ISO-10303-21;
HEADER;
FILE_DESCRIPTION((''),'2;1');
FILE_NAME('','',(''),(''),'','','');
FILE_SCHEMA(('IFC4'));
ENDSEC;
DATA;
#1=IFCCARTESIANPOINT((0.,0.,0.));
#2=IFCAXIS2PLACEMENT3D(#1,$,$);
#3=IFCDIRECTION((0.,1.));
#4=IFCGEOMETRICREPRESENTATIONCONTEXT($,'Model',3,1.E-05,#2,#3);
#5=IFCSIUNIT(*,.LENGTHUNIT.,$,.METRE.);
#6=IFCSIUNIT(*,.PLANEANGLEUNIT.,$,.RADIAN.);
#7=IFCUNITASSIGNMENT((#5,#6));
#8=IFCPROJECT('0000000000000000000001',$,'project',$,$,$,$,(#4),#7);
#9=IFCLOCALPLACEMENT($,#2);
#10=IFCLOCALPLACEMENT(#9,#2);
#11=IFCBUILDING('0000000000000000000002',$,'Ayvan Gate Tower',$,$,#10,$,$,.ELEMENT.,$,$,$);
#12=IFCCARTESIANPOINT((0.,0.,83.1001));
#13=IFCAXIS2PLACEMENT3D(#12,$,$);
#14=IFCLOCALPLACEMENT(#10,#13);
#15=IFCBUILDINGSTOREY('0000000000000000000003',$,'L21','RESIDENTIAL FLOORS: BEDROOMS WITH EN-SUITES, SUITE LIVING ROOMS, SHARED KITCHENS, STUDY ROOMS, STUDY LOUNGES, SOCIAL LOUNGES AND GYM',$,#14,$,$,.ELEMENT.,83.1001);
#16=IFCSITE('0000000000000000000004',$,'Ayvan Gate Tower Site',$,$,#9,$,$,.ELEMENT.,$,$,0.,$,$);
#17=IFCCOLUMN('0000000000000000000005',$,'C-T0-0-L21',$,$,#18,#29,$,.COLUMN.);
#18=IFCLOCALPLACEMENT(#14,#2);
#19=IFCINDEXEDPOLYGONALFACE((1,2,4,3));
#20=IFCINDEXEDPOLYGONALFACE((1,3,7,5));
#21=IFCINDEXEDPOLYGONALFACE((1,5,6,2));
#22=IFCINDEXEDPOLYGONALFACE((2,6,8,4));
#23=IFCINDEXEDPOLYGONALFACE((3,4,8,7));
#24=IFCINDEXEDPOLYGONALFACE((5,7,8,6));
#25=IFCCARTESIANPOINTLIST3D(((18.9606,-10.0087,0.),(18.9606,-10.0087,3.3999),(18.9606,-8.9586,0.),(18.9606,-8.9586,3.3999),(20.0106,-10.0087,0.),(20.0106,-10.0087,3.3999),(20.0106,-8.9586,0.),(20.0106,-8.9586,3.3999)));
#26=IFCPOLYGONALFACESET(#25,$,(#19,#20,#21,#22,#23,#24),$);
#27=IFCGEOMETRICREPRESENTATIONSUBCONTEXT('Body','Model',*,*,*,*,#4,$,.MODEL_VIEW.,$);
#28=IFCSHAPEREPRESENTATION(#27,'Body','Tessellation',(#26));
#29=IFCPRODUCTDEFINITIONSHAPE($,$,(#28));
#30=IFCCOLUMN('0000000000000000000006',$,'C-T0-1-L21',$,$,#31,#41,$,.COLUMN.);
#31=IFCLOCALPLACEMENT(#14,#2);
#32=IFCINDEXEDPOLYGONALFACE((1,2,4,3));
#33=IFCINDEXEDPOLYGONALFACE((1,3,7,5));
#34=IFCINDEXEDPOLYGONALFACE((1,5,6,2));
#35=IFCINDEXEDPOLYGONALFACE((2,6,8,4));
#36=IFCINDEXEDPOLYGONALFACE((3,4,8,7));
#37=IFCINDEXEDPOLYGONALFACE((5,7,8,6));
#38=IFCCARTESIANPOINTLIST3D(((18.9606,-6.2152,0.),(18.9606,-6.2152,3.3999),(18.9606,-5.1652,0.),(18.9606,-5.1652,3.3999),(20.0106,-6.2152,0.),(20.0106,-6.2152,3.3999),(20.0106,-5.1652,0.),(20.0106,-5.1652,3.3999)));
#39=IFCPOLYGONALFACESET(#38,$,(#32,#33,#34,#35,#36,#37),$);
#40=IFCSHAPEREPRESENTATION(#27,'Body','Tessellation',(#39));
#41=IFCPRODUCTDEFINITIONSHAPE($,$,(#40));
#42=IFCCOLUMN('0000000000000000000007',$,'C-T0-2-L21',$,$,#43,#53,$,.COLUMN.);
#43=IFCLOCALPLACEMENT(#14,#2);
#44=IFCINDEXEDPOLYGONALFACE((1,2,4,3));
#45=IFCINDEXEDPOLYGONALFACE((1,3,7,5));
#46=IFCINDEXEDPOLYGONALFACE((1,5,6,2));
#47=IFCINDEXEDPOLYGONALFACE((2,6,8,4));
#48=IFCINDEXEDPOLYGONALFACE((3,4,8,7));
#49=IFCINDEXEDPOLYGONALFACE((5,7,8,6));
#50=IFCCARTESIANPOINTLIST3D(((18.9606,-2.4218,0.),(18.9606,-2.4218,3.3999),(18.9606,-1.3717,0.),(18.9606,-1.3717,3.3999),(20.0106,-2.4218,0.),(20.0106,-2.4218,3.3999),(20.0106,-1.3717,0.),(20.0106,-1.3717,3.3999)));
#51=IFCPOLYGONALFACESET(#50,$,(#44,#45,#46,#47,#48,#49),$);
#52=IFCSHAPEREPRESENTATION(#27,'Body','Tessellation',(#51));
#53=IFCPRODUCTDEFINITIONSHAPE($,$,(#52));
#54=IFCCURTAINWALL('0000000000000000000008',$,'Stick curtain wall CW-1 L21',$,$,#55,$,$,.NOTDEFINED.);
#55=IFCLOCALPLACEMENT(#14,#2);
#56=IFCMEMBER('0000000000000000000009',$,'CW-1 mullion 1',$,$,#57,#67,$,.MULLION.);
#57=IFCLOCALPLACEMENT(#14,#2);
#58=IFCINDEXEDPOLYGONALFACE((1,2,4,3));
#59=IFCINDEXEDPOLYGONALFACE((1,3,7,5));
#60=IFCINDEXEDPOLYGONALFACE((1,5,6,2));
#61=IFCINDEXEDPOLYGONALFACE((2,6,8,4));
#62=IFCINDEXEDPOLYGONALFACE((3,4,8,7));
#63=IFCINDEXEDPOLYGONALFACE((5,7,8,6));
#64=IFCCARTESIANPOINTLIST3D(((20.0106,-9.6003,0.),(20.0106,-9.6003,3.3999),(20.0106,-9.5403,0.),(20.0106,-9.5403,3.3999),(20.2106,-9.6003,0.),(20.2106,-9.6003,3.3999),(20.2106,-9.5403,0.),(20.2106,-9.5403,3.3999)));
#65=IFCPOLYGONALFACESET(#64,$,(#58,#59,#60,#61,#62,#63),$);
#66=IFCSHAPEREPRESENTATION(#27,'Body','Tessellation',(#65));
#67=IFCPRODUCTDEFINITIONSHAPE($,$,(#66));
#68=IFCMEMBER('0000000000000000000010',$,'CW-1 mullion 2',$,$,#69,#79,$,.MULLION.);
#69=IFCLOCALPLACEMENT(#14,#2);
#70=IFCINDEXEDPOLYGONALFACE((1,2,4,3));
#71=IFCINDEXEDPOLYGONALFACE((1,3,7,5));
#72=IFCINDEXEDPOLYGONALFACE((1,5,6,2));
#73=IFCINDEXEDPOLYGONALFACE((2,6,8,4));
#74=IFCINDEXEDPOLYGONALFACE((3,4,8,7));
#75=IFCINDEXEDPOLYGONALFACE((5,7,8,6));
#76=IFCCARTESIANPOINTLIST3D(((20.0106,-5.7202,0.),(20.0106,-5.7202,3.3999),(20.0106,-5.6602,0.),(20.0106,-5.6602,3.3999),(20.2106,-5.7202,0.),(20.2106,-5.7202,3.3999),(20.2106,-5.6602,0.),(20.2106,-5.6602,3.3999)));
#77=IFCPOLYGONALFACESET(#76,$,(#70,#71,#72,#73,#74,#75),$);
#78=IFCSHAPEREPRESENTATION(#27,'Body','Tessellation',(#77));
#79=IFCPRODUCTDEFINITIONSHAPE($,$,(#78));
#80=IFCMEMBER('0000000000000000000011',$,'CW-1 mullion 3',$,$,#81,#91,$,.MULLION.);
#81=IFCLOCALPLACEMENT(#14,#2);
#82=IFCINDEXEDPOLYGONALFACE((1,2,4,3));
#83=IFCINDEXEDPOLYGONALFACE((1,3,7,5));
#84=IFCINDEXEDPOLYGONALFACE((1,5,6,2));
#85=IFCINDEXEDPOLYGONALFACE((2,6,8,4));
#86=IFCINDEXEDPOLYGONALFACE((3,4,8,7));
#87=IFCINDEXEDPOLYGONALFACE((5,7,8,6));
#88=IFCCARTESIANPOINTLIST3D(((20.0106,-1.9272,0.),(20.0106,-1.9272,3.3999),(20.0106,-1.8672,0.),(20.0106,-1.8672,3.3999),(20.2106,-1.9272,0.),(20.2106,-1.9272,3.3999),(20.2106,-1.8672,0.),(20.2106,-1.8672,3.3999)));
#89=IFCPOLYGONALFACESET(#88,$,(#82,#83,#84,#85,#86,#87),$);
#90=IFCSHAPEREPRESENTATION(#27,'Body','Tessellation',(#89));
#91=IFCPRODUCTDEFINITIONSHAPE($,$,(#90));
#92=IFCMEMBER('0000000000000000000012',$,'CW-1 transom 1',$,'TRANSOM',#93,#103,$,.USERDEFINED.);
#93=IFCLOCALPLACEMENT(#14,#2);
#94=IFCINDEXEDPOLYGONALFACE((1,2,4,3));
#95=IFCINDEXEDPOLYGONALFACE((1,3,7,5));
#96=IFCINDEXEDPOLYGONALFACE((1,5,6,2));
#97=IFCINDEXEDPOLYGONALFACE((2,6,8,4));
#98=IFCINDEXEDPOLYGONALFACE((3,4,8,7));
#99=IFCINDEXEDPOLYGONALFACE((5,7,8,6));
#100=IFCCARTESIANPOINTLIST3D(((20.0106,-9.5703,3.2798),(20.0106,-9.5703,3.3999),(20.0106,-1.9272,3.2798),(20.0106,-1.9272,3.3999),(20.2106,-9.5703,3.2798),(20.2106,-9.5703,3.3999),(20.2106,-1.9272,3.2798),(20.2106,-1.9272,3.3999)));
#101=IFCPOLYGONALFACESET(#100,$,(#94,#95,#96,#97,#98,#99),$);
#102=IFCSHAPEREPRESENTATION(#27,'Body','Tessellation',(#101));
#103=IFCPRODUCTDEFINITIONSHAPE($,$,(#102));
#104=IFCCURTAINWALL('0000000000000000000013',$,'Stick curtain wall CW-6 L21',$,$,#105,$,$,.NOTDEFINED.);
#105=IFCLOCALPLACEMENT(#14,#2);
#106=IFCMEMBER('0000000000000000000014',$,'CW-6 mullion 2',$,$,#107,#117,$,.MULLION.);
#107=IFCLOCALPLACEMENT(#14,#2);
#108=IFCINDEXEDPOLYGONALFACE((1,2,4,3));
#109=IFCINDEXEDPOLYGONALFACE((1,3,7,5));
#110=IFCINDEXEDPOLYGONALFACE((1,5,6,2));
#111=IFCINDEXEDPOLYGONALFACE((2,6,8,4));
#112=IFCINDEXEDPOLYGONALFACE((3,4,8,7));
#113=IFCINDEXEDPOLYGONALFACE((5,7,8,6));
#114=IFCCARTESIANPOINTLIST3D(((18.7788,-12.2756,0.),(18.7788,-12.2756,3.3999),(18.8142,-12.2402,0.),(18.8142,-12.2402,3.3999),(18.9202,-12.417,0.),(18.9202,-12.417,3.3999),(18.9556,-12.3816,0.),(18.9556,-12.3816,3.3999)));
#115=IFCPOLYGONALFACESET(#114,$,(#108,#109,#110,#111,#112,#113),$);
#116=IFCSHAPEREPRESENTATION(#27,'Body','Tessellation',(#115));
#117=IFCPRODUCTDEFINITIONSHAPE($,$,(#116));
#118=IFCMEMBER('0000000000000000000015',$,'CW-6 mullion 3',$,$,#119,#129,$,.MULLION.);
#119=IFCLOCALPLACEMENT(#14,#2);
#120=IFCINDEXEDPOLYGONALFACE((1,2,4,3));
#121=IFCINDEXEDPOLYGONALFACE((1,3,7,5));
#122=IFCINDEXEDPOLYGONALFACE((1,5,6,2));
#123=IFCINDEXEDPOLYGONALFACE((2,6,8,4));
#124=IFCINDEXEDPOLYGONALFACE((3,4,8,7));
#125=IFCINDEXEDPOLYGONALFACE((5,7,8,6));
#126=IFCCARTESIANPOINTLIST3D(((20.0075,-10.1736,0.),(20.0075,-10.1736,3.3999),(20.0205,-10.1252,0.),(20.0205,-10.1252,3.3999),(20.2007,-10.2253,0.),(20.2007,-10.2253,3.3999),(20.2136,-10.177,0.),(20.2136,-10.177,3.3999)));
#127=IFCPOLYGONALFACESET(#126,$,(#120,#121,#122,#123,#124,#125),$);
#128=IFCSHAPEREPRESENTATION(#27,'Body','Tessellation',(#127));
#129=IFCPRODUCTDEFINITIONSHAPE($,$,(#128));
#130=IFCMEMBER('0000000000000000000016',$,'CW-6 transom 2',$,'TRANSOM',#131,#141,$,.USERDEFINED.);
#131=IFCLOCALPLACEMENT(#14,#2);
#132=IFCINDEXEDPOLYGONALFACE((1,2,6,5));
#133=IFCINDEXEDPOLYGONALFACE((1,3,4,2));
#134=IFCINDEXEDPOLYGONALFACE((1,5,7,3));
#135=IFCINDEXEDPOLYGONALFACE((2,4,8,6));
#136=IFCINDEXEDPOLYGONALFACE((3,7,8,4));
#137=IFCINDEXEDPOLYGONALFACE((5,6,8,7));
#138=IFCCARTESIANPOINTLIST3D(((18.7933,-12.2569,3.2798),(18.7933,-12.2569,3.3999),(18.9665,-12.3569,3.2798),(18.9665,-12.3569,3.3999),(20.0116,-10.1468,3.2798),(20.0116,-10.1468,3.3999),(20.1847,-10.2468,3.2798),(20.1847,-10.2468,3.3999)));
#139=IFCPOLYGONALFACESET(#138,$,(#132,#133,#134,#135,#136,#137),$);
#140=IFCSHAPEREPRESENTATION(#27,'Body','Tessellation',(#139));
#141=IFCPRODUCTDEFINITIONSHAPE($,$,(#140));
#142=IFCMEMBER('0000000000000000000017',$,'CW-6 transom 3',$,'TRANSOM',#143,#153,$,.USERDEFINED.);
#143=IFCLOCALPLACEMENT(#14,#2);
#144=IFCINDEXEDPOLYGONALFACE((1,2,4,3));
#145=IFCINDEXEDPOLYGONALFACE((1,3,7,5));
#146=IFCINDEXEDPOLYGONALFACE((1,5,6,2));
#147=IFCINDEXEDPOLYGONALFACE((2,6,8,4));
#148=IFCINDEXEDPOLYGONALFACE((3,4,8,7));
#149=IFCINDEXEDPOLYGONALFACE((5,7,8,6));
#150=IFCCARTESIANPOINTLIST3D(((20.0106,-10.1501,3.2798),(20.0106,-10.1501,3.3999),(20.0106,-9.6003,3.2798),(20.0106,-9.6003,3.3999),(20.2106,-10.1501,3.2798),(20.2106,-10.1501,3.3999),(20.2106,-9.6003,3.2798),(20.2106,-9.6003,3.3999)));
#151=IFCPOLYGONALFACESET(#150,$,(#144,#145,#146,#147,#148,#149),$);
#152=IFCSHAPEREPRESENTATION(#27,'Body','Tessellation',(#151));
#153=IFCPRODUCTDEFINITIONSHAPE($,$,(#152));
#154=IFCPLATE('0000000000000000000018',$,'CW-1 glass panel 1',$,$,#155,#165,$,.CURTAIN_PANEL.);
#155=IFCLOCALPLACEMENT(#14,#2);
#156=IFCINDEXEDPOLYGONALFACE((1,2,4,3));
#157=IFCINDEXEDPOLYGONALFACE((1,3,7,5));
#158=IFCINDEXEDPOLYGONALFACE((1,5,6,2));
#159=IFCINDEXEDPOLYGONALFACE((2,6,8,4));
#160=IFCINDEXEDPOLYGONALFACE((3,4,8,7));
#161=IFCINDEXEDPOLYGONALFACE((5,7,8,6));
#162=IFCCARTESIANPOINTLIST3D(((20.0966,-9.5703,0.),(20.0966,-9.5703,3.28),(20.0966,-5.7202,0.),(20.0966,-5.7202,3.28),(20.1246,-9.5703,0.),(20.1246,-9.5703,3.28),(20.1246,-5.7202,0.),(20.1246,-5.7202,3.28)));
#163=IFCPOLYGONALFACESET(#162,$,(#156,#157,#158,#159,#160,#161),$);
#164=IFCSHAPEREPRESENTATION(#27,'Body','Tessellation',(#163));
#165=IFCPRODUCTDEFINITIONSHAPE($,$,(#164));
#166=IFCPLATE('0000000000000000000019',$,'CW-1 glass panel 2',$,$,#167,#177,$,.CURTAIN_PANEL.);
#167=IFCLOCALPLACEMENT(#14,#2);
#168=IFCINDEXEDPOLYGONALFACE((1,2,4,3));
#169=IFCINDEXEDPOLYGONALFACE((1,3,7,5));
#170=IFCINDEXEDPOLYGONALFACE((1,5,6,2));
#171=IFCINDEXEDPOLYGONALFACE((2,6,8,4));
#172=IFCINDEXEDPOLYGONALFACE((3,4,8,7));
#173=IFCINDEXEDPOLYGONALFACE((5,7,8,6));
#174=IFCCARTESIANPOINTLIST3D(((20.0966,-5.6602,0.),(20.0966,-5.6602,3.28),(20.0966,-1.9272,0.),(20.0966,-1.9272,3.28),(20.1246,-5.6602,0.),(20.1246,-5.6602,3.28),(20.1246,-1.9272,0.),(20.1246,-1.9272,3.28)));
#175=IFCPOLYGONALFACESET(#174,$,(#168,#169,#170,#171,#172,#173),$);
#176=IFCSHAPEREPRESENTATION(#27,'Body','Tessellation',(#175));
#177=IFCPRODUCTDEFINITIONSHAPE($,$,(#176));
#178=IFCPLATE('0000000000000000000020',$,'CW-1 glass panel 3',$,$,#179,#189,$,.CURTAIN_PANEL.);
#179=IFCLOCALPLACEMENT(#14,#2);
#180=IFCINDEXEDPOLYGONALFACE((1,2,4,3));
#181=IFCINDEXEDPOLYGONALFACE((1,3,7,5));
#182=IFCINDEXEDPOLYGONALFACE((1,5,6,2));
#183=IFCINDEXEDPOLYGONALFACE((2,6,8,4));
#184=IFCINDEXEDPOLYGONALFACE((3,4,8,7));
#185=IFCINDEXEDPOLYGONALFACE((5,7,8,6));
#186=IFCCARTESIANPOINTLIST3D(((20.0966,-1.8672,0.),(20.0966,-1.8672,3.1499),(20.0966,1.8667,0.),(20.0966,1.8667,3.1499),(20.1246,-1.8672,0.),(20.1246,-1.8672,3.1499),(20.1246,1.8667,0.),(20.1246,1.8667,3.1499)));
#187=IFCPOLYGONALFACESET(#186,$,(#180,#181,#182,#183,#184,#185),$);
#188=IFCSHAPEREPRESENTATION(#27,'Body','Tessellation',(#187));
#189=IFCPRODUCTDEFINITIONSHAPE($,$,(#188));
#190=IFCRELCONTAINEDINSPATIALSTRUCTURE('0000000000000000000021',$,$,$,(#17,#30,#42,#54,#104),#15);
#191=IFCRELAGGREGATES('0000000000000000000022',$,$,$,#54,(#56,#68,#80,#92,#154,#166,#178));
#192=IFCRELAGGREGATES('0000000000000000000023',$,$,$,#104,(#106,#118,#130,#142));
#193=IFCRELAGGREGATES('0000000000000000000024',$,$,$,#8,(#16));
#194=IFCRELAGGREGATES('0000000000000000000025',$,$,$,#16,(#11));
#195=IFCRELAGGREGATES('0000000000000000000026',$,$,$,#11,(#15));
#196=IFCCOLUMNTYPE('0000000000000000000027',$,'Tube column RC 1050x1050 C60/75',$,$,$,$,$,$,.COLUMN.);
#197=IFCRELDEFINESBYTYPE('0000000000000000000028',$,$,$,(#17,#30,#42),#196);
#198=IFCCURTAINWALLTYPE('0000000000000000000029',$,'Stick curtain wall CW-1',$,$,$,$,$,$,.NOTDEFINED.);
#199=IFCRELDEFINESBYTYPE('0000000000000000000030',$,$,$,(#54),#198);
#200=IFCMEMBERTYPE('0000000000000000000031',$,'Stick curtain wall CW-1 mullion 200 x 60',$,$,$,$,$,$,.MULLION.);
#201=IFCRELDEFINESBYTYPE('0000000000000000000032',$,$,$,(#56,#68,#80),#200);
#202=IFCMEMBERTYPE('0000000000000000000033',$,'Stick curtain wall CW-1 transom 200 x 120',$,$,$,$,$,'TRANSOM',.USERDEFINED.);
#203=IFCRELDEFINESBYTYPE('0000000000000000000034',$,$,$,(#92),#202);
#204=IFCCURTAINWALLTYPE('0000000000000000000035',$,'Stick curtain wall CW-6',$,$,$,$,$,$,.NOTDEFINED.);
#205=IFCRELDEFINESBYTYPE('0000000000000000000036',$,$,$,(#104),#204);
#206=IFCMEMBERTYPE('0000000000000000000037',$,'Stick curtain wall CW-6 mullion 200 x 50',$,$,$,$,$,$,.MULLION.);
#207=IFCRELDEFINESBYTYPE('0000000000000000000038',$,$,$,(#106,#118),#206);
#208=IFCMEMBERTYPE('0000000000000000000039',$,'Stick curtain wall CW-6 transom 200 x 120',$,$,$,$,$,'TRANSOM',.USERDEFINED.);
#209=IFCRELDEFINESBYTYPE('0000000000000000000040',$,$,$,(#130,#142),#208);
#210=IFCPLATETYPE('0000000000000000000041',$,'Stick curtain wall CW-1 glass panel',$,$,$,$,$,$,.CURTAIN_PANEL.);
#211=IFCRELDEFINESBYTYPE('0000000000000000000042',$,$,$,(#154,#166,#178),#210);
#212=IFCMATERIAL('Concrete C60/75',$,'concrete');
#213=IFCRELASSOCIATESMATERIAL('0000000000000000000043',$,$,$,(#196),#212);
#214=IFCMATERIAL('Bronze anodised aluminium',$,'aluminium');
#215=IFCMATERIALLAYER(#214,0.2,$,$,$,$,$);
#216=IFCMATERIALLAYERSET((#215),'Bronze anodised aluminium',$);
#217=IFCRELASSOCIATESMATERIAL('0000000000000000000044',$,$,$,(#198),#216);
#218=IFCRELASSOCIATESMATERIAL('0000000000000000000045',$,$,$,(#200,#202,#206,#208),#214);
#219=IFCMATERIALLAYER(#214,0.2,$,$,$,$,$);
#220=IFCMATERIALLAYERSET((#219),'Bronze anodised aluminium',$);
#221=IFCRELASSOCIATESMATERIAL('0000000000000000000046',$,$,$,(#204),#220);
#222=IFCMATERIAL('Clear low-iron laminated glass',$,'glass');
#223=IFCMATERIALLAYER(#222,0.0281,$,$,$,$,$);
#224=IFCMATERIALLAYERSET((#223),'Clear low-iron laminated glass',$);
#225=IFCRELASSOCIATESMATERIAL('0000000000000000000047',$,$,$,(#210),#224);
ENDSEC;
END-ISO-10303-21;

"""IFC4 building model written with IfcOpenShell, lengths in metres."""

from ifc_helpers import new_model, si_unit, direction, frame, origin, origin_2d, place, context, subcontext, project, spatial, rectangle, extrude, material, layer, layer_set, material_profile, profile_set, type_object, element, aggregate, save


model = new_model("IFC4")

# Units and contexts
model_context = context("Model", 3, precision=1e-05, world=origin(), true_north=direction((0.0, 1.0)))
body_context = subcontext(model_context, "Body", "Model", "MODEL_VIEW")
ifc_project = project(units=[si_unit("LENGTHUNIT", "METRE"), si_unit("PLANEANGLEUNIT", "RADIAN")], contexts=[model_context])

# Site, building, storey
site_placement = place(None, origin())
site = spatial("IfcSite", under=ifc_project, at=site_placement, Name="Ayvan Gate Tower Site", CompositionType="ELEMENT", RefElevation=0.0)
building_placement = place(site_placement, origin())
building = spatial("IfcBuilding", under=site, at=building_placement, Name="Ayvan Gate Tower", CompositionType="ELEMENT")
storey_placement = place(building_placement, frame((0.0, 0.0, 83.1001)))
storey = spatial("IfcBuildingStorey", under=building, at=storey_placement, Name="L21", Description="RESIDENTIAL FLOORS: BEDROOMS WITH EN-SUITES, SUITE LIVING ROOMS, SHARED KITCHENS, STUDY ROOMS, STUDY LOUNGES, SOCIAL LOUNGES AND GYM", CompositionType="ELEMENT", Elevation=83.1001)

# Columns
ifc_material_1 = material(Name="Concrete C60/75", Category="concrete")
ifc_material_profile_1 = material_profile(ifc_material_1, rectangle(XDim=1.05, YDim=1.05, at=origin_2d()), Name="RC 1050x1050")
ifc_profile_set_1 = profile_set([ifc_material_profile_1], Name="Concrete C60/75")
column_type = type_object("IfcColumnType", Name="Tube column RC 1050x1050 C60/75", PredefinedType="COLUMN", material=ifc_profile_set_1)
for number, where, z_axis, x_axis, name in (
    (1, (19.4856, -9.4836, 0.0), (0.0, 0.0, 1.0), (1.0, 0.0, 0.0), "C-T0-0-L21"),
    (2, (19.4856, -5.6902, 0.0), (0.0, 0.0, 1.0), (1.0, 0.0, 0.0), "C-T0-1-L21"),
    (3, (19.4856, -1.8967, 0.0), (0.0, 0.0, 1.0), (1.0, 0.0, 0.0), "C-T0-2-L21"),
):
    element("IfcColumn", number, at=place(storey_placement, frame(where, z_axis=z_axis, x_axis=x_axis)), inside=storey, type_object=column_type, Name=name, PredefinedType="COLUMN", context=body_context, shape_type="SweptSolid", body=[
        extrude(rectangle(XDim=1.05, YDim=1.05, at=origin_2d()), origin(), (0.0, 0.0, 1.0), 3.3999),
    ])

# Curtain walls, members
ifc_material_2 = material(Name="Bronze anodised aluminium", Category="aluminium")
ifc_layer_1 = layer(ifc_material_2, 0.2)
ifc_layer_set_1 = layer_set([ifc_layer_1], Name="Bronze anodised aluminium")
curtain_wall_type_1 = type_object("IfcCurtainWallType", Name="Stick curtain wall CW-1", PredefinedType="NOTDEFINED", material=ifc_layer_set_1)
curtain_wall_1_placement = place(storey_placement, origin())
curtain_wall_1 = element("IfcCurtainWall", 4, at=curtain_wall_1_placement, inside=storey, type_object=curtain_wall_type_1, Name="Stick curtain wall CW-1 L21", PredefinedType="NOTDEFINED")
ifc_material_profile_2 = material_profile(ifc_material_2, rectangle(XDim=0.2, YDim=0.0601, at=origin_2d()), Name="Stick curtain wall CW-1 mullion 200 x 60")
ifc_profile_set_2 = profile_set([ifc_material_profile_2], Name="Bronze anodised aluminium")
member_type_1 = type_object("IfcMemberType", Name="Stick curtain wall CW-1 mullion 200 x 60", PredefinedType="MULLION", material=ifc_profile_set_2)
member_1_placement = place(storey_placement, frame((20.1106, -9.5703, 0.0), z_axis=(0.0, 0.0, 1.0), x_axis=(1.0, 0.0, 0.0)))
member_1 = element("IfcMember", 5, at=member_1_placement, type_object=member_type_1, Name="CW-1 mullion 1", PredefinedType="MULLION", context=body_context, shape_type="SweptSolid", body=[
    extrude(rectangle(XDim=0.2, YDim=0.0601, at=origin_2d()), origin(), (0.0, 0.0, 1.0), 3.3999),
])
member_2_placement = place(storey_placement, frame((20.1106, -5.6902, 0.0), z_axis=(0.0, 0.0, 1.0), x_axis=(1.0, 0.0, 0.0)))
member_2 = element("IfcMember", 6, at=member_2_placement, type_object=member_type_1, Name="CW-1 mullion 2", PredefinedType="MULLION", context=body_context, shape_type="SweptSolid", body=[
    extrude(rectangle(XDim=0.2, YDim=0.0601, at=origin_2d()), origin(), (0.0, 0.0, 1.0), 3.3999),
])
member_3_placement = place(storey_placement, frame((20.1106, -1.8972, 0.0), z_axis=(0.0, 0.0, 1.0), x_axis=(1.0, 0.0, 0.0)))
member_3 = element("IfcMember", 7, at=member_3_placement, type_object=member_type_1, Name="CW-1 mullion 3", PredefinedType="MULLION", context=body_context, shape_type="SweptSolid", body=[
    extrude(rectangle(XDim=0.2, YDim=0.0601, at=origin_2d()), origin(), (0.0, 0.0, 1.0), 3.3999),
])
ifc_material_profile_3 = material_profile(ifc_material_2, rectangle(XDim=0.2, YDim=0.1201, at=origin_2d()), Name="Stick curtain wall CW-1 transom 200 x 120")
ifc_profile_set_3 = profile_set([ifc_material_profile_3], Name="Bronze anodised aluminium")
member_type_2 = type_object("IfcMemberType", Name="Stick curtain wall CW-1 transom 200 x 120", ElementType="TRANSOM", PredefinedType="USERDEFINED", material=ifc_profile_set_3)
member_4_placement = place(storey_placement, frame((20.1106, -9.5703, 3.3398), z_axis=(0.0, 1.0, 0.0), x_axis=(-1.0, 0.0, 0.0)))
member_4 = element("IfcMember", 8, at=member_4_placement, type_object=member_type_2, Name="CW-1 transom 1", ObjectType="TRANSOM", PredefinedType="USERDEFINED", context=body_context, shape_type="SweptSolid", body=[
    extrude(rectangle(XDim=0.2, YDim=0.1201, at=origin_2d()), origin(), (0.0, 0.0, 1.0), 7.6431),
])
ifc_layer_2 = layer(ifc_material_2, 0.2)
ifc_layer_set_2 = layer_set([ifc_layer_2], Name="Bronze anodised aluminium")
curtain_wall_type_2 = type_object("IfcCurtainWallType", Name="Stick curtain wall CW-6", PredefinedType="NOTDEFINED", material=ifc_layer_set_2)
curtain_wall_2_placement = place(storey_placement, origin())
curtain_wall_2 = element("IfcCurtainWall", 9, at=curtain_wall_2_placement, inside=storey, type_object=curtain_wall_type_2, Name="Stick curtain wall CW-6 L21", PredefinedType="NOTDEFINED")
ifc_material_profile_4 = material_profile(ifc_material_2, rectangle(XDim=0.2, YDim=0.05, at=origin_2d()), Name="Stick curtain wall CW-6 mullion 200 x 50")
ifc_profile_set_4 = profile_set([ifc_material_profile_4], Name="Bronze anodised aluminium")
member_type_3 = type_object("IfcMemberType", Name="Stick curtain wall CW-6 mullion 200 x 50", PredefinedType="MULLION", material=ifc_profile_set_4)
member_5_placement = place(storey_placement, frame((18.8672, -12.3286, 0.0), z_axis=(0.0, 0.0, 1.0), x_axis=(0.707107, -0.707107, 0.0)))
member_5 = element("IfcMember", 10, at=member_5_placement, type_object=member_type_3, Name="CW-6 mullion 2", PredefinedType="MULLION", context=body_context, shape_type="SweptSolid", body=[
    extrude(rectangle(XDim=0.2, YDim=0.05, at=origin_2d()), origin(), (0.0, 0.0, 1.0), 3.3999),
])
member_6_placement = place(storey_placement, frame((20.1106, -10.1753, 0.0), z_axis=(0.0, 0.0, 1.0), x_axis=(0.965926, -0.258819, 0.0)))
member_6 = element("IfcMember", 11, at=member_6_placement, type_object=member_type_3, Name="CW-6 mullion 3", PredefinedType="MULLION", context=body_context, shape_type="SweptSolid", body=[
    extrude(rectangle(XDim=0.2, YDim=0.05, at=origin_2d()), origin(), (0.0, 0.0, 1.0), 3.3999),
])
ifc_material_profile_5 = material_profile(ifc_material_2, rectangle(XDim=0.2, YDim=0.1201, at=origin_2d()), Name="Stick curtain wall CW-6 transom 200 x 120")
ifc_profile_set_5 = profile_set([ifc_material_profile_5], Name="Bronze anodised aluminium")
member_type_4 = type_object("IfcMemberType", Name="Stick curtain wall CW-6 transom 200 x 120", ElementType="TRANSOM", PredefinedType="USERDEFINED", material=ifc_profile_set_5)
member_7_placement = place(storey_placement, frame((18.8799, -12.3069, 3.3398), z_axis=(0.499997, 0.866027, 0.0), x_axis=(-0.866027, 0.499997, 0.0)))
member_7 = element("IfcMember", 12, at=member_7_placement, type_object=member_type_4, Name="CW-6 transom 2", ObjectType="TRANSOM", PredefinedType="USERDEFINED", context=body_context, shape_type="SweptSolid", body=[
    extrude(rectangle(XDim=0.2, YDim=0.1201, at=origin_2d()), origin(), (0.0, 0.0, 1.0), 2.4365),
])
member_8_placement = place(storey_placement, frame((20.1106, -10.1501, 3.3398), z_axis=(0.0, 1.0, 0.0), x_axis=(-1.0, 0.0, 0.0)))
member_8 = element("IfcMember", 13, at=member_8_placement, type_object=member_type_4, Name="CW-6 transom 3", ObjectType="TRANSOM", PredefinedType="USERDEFINED", context=body_context, shape_type="SweptSolid", body=[
    extrude(rectangle(XDim=0.2, YDim=0.1201, at=origin_2d()), origin(), (0.0, 0.0, 1.0), 0.5498),
])

# Plates
ifc_material_3 = material(Name="Clear low-iron laminated glass", Category="glass")
ifc_layer_3 = layer(ifc_material_3, 0.0281)
ifc_layer_set_3 = layer_set([ifc_layer_3], Name="Clear low-iron laminated glass")
plate_type_1 = type_object("IfcPlateType", Name="Stick curtain wall CW-1 glass panel", PredefinedType="CURTAIN_PANEL", material=ifc_layer_set_3)
plate_1_placement = place(storey_placement, frame((20.1106, -7.6453, 0.0), z_axis=(0.0, 0.0, 1.0), x_axis=(0.0, 1.0, 0.0)))
plate_1 = element("IfcPlate", 14, at=plate_1_placement, type_object=plate_type_1, Name="CW-1 glass panel 1", PredefinedType="CURTAIN_PANEL", context=body_context, shape_type="SweptSolid", body=[
    extrude(rectangle(XDim=3.8501, YDim=0.0281, at=origin_2d()), origin(), (0.0, 0.0, 1.0), 3.28),
])
plate_2_placement = place(storey_placement, frame((20.1106, -3.7937, 0.0), z_axis=(0.0, 0.0, 1.0), x_axis=(0.0, 1.0, 0.0)))
plate_2 = element("IfcPlate", 15, at=plate_2_placement, type_object=plate_type_1, Name="CW-1 glass panel 2", PredefinedType="CURTAIN_PANEL", context=body_context, shape_type="SweptSolid", body=[
    extrude(rectangle(XDim=3.7329, YDim=0.0281, at=origin_2d()), origin(), (0.0, 0.0, 1.0), 3.28),
])
plate_3_placement = place(storey_placement, frame((20.1106, -0.0002, 0.0), z_axis=(0.0, 0.0, 1.0), x_axis=(0.0, 1.0, 0.0)))
plate_3 = element("IfcPlate", 16, at=plate_3_placement, type_object=plate_type_1, Name="CW-1 glass panel 3", PredefinedType="CURTAIN_PANEL", context=body_context, shape_type="SweptSolid", body=[
    extrude(rectangle(XDim=3.7339, YDim=0.0281, at=origin_2d()), origin(), (0.0, 0.0, 1.0), 3.1499),
])
aggregate(curtain_wall_1, [member_1, member_2, member_3, member_4, plate_1, plate_2, plate_3])
aggregate(curtain_wall_2, [member_5, member_6, member_7, member_8])

save(model, "model.ifc")
